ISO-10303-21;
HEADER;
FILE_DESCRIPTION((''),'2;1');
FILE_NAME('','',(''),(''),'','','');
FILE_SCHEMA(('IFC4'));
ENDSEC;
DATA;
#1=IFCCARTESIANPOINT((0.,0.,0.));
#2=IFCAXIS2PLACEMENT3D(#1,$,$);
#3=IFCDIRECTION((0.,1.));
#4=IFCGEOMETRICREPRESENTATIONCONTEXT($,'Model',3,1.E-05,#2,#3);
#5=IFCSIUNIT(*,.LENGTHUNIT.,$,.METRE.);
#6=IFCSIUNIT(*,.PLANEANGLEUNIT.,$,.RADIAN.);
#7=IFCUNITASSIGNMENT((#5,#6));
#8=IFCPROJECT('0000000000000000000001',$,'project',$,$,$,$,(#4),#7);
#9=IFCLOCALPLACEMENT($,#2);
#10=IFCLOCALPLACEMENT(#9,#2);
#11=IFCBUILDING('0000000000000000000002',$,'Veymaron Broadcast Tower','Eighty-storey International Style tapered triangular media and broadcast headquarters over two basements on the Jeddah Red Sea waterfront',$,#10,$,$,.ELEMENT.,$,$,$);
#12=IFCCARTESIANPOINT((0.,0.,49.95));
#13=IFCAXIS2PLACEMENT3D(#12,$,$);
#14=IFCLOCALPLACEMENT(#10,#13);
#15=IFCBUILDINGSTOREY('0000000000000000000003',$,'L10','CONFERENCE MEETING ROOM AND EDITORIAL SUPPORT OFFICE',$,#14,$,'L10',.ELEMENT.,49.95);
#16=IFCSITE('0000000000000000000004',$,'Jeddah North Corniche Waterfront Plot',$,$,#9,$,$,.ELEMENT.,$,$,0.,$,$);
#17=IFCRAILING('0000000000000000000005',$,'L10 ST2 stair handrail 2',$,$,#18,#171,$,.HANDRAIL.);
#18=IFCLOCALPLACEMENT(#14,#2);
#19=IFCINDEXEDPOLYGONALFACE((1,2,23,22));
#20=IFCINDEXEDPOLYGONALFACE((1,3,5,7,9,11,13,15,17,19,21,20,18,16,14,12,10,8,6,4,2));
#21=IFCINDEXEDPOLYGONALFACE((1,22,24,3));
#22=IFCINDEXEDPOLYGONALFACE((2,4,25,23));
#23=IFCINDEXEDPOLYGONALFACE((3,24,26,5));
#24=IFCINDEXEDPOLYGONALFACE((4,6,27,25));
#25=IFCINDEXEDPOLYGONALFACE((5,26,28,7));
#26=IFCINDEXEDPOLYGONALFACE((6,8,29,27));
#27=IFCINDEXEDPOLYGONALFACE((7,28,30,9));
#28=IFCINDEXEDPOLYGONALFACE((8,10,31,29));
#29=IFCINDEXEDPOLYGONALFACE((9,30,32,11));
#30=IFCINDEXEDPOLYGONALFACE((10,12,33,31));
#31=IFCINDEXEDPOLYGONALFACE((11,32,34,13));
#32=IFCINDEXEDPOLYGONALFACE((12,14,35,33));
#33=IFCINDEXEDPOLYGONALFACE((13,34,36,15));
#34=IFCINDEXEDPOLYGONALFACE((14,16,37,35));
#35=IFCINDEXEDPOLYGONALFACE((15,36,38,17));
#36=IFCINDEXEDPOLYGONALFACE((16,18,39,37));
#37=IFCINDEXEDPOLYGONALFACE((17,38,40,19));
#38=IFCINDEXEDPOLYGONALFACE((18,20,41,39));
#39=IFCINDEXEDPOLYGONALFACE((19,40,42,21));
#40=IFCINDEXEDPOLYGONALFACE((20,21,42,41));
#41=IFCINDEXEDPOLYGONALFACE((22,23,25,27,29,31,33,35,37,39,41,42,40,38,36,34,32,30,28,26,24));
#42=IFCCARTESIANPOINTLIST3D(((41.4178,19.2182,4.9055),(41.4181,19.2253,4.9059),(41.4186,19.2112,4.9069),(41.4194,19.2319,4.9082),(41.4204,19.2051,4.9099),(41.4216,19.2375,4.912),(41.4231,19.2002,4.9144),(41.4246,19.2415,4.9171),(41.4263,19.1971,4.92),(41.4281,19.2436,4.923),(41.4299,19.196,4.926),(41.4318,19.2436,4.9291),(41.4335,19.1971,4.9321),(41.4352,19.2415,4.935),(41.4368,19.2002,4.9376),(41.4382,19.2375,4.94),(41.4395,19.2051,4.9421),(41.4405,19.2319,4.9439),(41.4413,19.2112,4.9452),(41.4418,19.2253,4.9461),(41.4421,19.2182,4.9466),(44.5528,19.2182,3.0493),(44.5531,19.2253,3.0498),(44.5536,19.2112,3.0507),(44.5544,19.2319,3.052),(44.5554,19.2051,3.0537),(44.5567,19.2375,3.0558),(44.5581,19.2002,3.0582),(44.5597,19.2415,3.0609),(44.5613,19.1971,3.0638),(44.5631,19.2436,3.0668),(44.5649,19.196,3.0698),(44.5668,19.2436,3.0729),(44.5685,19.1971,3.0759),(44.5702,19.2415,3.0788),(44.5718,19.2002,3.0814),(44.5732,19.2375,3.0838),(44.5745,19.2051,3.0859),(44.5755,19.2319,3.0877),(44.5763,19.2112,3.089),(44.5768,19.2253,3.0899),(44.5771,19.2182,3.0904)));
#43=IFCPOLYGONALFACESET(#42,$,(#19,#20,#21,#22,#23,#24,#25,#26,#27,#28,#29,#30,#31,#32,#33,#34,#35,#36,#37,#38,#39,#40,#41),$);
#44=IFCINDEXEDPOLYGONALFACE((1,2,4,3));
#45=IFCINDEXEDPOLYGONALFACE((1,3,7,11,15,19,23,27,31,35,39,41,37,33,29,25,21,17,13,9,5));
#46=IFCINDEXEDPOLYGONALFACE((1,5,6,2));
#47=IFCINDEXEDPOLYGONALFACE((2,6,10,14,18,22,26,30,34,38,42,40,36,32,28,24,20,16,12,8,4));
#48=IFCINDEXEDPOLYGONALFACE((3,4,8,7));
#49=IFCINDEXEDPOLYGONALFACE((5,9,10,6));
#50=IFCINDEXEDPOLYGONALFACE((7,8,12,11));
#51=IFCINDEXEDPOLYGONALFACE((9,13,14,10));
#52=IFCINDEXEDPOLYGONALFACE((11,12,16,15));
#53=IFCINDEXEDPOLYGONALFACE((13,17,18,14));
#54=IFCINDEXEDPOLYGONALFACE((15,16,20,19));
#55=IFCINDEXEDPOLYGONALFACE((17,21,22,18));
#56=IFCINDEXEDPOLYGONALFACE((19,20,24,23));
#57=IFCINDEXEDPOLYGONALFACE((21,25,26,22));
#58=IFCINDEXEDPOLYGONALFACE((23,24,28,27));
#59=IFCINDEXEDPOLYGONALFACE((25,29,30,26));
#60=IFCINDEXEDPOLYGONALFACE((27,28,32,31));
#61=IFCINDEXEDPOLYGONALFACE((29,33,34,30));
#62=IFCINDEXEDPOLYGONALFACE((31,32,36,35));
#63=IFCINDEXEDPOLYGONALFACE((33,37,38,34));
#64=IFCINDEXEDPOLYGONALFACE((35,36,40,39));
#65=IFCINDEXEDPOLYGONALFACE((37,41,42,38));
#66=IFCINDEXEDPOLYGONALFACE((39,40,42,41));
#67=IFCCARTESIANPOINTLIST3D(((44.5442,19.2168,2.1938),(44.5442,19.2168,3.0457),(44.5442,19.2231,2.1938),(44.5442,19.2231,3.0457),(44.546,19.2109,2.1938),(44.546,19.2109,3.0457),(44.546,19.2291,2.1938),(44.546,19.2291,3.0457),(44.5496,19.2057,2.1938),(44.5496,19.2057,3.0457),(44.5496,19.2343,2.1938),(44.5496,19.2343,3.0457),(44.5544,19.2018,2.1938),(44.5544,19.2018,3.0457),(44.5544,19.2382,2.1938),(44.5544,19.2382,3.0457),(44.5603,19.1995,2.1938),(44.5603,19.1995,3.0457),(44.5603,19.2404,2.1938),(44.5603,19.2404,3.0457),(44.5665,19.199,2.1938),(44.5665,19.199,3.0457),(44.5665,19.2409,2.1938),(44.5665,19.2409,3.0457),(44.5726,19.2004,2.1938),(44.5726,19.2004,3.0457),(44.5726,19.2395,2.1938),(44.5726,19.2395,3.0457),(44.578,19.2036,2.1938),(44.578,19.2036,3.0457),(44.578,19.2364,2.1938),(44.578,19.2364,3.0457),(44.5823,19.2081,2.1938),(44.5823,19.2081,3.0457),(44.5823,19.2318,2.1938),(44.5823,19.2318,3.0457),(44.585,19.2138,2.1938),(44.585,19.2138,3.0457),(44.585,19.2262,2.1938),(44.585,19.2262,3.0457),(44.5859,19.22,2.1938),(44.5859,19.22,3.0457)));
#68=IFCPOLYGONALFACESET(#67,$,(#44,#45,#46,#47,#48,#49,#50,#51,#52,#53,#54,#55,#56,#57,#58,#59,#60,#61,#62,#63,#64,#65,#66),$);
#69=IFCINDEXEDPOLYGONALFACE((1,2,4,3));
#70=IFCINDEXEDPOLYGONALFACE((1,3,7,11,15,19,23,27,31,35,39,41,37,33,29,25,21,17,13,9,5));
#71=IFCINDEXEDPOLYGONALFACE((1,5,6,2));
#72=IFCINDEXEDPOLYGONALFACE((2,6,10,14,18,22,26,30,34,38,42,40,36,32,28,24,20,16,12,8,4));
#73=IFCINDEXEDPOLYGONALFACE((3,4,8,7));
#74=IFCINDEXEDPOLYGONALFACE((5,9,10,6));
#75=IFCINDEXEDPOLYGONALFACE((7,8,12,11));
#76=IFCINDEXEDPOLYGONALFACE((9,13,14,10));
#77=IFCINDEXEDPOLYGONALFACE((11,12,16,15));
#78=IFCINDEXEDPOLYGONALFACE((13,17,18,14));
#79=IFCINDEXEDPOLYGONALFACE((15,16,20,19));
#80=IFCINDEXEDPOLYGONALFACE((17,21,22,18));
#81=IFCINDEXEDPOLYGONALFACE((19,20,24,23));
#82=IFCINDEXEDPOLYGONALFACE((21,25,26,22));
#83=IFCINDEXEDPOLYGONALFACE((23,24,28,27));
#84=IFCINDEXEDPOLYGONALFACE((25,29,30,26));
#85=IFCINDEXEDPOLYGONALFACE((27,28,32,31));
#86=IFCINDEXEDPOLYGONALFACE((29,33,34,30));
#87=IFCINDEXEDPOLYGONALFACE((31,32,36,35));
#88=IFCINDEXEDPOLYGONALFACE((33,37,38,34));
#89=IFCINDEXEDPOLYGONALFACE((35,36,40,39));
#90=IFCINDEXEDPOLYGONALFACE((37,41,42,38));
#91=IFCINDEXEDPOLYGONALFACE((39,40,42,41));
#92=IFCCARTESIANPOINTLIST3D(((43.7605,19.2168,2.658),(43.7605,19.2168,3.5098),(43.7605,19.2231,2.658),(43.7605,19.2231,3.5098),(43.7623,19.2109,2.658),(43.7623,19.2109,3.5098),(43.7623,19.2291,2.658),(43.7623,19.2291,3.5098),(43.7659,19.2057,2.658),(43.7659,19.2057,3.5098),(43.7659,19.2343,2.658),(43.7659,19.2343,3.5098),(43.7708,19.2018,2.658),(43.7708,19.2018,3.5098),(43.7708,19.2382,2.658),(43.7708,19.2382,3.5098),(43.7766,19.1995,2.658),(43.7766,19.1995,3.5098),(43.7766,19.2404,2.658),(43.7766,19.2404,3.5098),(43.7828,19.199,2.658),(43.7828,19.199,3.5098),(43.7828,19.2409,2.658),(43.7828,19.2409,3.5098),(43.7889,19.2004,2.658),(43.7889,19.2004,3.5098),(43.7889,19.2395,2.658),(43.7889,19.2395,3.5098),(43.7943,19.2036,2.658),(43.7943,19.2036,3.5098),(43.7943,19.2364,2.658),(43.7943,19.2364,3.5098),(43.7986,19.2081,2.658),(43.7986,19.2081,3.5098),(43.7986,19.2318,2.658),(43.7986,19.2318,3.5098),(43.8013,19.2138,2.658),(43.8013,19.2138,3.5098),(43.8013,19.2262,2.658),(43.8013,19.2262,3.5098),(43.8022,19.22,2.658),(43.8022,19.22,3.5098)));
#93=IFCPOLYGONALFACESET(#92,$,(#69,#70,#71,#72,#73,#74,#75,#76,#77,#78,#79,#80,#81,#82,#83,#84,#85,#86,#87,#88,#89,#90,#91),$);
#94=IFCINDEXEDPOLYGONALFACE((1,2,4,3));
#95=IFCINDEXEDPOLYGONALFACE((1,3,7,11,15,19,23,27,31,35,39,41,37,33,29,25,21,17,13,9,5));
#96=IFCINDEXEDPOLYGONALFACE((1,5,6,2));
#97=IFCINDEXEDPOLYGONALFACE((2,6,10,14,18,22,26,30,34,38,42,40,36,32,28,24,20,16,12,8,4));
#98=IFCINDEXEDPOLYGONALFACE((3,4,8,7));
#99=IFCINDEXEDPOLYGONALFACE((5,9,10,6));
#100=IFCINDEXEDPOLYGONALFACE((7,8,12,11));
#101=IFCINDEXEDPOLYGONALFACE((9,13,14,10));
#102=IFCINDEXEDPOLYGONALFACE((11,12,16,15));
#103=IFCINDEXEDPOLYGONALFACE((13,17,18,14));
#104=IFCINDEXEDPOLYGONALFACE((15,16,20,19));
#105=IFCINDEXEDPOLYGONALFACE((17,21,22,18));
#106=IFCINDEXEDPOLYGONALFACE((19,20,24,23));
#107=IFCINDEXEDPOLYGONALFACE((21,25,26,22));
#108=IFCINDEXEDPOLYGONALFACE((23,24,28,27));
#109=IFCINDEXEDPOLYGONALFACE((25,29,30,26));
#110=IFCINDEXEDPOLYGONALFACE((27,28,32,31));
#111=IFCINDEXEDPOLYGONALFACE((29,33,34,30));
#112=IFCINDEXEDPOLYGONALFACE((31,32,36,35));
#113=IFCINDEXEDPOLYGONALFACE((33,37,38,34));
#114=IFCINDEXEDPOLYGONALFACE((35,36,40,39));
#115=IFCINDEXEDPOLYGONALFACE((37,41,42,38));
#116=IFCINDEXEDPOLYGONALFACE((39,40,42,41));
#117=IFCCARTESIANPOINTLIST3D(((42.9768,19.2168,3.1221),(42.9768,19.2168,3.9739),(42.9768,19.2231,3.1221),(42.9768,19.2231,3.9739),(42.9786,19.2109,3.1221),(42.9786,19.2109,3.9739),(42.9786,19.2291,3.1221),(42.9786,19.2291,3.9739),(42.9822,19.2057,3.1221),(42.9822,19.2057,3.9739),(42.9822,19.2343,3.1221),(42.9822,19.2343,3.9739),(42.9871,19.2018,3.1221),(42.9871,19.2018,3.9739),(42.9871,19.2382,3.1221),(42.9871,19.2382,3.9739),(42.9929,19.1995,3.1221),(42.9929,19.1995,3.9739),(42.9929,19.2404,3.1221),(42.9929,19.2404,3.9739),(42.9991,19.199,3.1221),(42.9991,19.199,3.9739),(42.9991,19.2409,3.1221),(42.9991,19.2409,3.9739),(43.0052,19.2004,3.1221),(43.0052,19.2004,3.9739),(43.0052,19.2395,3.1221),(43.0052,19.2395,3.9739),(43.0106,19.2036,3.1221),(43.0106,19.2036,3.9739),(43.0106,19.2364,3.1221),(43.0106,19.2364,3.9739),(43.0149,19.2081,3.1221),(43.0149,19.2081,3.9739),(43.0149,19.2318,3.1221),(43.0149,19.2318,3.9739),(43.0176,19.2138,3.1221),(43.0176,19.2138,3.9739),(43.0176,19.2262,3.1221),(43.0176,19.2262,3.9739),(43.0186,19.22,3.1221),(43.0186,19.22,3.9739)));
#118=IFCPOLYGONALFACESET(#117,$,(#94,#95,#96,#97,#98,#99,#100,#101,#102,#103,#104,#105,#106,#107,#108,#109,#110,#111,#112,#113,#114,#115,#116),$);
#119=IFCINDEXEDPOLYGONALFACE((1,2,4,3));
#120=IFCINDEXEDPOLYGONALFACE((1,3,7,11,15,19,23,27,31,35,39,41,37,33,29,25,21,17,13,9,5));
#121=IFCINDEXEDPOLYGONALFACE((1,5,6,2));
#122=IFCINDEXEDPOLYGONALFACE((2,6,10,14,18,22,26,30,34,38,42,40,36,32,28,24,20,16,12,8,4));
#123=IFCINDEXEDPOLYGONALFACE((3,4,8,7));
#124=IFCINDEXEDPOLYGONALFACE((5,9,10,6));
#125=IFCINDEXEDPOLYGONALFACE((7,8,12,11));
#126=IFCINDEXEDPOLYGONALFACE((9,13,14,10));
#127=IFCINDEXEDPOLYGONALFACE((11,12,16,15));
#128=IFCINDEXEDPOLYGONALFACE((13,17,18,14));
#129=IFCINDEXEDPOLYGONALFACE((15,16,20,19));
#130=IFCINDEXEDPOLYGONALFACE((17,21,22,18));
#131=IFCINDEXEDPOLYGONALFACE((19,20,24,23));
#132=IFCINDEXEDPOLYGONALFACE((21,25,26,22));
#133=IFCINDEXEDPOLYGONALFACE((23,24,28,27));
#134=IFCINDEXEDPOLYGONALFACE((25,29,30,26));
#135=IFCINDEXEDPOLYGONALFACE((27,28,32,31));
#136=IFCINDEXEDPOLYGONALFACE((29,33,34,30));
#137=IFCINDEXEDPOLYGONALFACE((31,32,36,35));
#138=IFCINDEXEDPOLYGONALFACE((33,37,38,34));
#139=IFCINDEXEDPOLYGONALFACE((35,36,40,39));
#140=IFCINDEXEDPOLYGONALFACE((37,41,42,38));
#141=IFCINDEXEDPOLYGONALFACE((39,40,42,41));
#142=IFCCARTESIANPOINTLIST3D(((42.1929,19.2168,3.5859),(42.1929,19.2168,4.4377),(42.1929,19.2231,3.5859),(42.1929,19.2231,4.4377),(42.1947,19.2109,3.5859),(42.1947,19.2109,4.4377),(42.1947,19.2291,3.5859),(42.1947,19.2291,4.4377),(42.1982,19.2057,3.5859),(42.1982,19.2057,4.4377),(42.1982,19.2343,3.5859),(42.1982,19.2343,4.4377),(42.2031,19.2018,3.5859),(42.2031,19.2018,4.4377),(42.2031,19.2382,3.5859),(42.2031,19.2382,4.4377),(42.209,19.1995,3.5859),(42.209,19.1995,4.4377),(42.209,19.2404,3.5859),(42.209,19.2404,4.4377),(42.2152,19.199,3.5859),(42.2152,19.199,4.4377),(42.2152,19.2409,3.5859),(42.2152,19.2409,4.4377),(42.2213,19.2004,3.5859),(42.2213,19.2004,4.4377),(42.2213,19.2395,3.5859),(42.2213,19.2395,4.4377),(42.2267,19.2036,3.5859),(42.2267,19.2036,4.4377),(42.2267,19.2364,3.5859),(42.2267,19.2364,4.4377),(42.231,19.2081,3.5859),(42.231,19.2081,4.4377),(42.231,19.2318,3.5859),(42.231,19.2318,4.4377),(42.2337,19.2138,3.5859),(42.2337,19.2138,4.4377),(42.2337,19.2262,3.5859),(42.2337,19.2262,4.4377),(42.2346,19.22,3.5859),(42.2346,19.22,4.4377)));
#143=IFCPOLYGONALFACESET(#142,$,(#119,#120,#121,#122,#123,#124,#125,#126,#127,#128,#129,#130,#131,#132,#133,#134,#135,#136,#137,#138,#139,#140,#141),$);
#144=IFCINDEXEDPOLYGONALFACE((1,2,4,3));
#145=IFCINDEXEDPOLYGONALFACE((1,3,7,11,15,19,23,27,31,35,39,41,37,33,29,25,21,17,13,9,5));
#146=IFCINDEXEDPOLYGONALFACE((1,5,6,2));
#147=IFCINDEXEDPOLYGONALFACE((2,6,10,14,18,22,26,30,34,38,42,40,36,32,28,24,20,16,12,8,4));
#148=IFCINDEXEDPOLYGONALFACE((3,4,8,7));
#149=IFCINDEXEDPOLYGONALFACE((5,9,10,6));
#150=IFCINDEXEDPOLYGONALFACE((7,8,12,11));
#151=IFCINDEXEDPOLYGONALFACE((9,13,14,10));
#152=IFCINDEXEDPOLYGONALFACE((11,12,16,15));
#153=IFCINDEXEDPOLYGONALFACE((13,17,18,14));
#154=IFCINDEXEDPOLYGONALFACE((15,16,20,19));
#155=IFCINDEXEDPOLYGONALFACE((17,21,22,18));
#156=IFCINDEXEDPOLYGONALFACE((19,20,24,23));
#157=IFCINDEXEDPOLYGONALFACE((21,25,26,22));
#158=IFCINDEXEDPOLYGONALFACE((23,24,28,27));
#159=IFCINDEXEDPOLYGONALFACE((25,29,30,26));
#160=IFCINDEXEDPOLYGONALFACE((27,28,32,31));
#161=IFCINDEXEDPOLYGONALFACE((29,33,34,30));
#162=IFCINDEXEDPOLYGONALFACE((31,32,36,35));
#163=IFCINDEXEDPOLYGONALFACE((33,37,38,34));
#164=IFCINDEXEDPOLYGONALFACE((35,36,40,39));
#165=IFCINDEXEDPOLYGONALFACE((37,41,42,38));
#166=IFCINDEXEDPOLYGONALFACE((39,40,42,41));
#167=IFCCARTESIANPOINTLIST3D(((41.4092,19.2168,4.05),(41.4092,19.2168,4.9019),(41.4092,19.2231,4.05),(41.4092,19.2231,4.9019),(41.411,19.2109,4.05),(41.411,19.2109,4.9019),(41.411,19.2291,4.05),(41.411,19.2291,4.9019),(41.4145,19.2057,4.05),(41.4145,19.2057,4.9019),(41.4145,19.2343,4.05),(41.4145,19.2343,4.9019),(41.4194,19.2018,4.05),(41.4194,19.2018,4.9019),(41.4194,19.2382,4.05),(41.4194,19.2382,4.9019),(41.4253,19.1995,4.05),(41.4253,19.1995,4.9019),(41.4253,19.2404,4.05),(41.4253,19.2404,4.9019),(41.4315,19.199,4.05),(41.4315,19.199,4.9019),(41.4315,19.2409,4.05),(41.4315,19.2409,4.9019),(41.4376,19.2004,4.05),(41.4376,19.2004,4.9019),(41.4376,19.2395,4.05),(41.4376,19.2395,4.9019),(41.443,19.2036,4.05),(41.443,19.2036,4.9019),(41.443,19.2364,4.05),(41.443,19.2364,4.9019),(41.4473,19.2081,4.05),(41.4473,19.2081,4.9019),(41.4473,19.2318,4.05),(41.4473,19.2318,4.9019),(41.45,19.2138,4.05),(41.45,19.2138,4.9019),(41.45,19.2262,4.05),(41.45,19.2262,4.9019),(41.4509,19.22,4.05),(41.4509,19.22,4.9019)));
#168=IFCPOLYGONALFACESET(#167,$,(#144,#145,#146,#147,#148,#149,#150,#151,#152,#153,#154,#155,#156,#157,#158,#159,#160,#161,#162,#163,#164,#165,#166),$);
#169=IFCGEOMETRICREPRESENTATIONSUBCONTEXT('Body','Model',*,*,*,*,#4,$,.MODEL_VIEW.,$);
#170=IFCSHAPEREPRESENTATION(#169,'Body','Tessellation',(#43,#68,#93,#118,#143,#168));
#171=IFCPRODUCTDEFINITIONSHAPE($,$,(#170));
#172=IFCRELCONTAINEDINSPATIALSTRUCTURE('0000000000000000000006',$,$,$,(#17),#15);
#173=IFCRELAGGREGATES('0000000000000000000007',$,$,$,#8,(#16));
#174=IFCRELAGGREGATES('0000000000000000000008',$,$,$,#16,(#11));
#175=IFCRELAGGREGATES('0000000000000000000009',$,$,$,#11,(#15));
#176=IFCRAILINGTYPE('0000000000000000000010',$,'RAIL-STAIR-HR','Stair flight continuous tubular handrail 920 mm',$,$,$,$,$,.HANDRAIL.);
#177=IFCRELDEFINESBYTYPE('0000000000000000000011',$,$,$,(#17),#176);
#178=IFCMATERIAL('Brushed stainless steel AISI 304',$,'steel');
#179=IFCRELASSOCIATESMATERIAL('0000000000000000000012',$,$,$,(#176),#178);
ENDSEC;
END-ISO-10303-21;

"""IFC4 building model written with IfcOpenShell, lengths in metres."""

from ifc_helpers import new_model, si_unit, direction, frame, origin, origin_2d, place, context, subcontext, project, spatial, circle, extrude, material, type_object, element, save


model = new_model("IFC4")

# Units and contexts
model_context = context("Model", 3, precision=1e-05, world=origin(), true_north=direction((0.0, 1.0)))
body_context = subcontext(model_context, "Body", "Model", "MODEL_VIEW")
ifc_project = project(units=[si_unit("LENGTHUNIT", "METRE"), si_unit("PLANEANGLEUNIT", "RADIAN")], contexts=[model_context])

# Site, building, storey
site_placement = place(None, origin())
site = spatial("IfcSite", under=ifc_project, at=site_placement, Name="Jeddah North Corniche Waterfront Plot", CompositionType="ELEMENT", RefElevation=0.0)
building_placement = place(site_placement, origin())
building = spatial("IfcBuilding", under=site, at=building_placement, Name="Veymaron Broadcast Tower", Description="Eighty-storey International Style tapered triangular media and broadcast headquarters over two basements on the Jeddah Red Sea waterfront", CompositionType="ELEMENT")
storey_placement = place(building_placement, frame((0.0, 0.0, 49.95)))
storey = spatial("IfcBuildingStorey", under=building, at=storey_placement, Name="L10", Description="CONFERENCE MEETING ROOM AND EDITORIAL SUPPORT OFFICE", LongName="L10", CompositionType="ELEMENT", Elevation=49.95)

# Shared definitions
ifc_material_1 = material(Name="Brushed stainless steel AISI 304", Category="steel")

# Railing
railing_type_1 = type_object("IfcRailingType", Name="RAIL-STAIR-HR", Description="Stair flight continuous tubular handrail 920 mm", PredefinedType="HANDRAIL", material=ifc_material_1)
railing_1_placement = place(storey_placement, frame((44.5649, 19.22, 2.1938)))
element("IfcRailing", 1, at=railing_1_placement, inside=storey, type_object=railing_type_1, Name="L10 ST2 stair handrail 2", PredefinedType="HANDRAIL", context=body_context, shape_type="SweptSolid", body=[
    extrude(circle(Radius=0.0239, at=origin_2d()), frame((0.0, 0.0, 0.876), z_axis=(-0.860482, 0.0, 0.509481), x_axis=(0.0, -1.0, 0.0)), (0.0, 0.0, 1.0), 3.6433),
    extrude(circle(Radius=0.021, at=origin_2d()), origin(), (0.0, 0.0, 1.0), 0.8518),
    extrude(circle(Radius=0.021, at=origin_2d()), frame((-0.7837, 0.0, 0.4641)), (0.0, 0.0, 1.0), 0.8518),
    extrude(circle(Radius=0.021, at=origin_2d()), frame((-1.5674, 0.0, 0.9282)), (0.0, 0.0, 1.0), 0.8518),
    extrude(circle(Radius=0.021, at=origin_2d()), frame((-2.3513, 0.0, 1.3921)), (0.0, 0.0, 1.0), 0.8518),
    extrude(circle(Radius=0.021, at=origin_2d()), frame((-3.135, 0.0, 1.8562)), (0.0, 0.0, 1.0), 0.8518),
])

save(model, "model.ifc")
